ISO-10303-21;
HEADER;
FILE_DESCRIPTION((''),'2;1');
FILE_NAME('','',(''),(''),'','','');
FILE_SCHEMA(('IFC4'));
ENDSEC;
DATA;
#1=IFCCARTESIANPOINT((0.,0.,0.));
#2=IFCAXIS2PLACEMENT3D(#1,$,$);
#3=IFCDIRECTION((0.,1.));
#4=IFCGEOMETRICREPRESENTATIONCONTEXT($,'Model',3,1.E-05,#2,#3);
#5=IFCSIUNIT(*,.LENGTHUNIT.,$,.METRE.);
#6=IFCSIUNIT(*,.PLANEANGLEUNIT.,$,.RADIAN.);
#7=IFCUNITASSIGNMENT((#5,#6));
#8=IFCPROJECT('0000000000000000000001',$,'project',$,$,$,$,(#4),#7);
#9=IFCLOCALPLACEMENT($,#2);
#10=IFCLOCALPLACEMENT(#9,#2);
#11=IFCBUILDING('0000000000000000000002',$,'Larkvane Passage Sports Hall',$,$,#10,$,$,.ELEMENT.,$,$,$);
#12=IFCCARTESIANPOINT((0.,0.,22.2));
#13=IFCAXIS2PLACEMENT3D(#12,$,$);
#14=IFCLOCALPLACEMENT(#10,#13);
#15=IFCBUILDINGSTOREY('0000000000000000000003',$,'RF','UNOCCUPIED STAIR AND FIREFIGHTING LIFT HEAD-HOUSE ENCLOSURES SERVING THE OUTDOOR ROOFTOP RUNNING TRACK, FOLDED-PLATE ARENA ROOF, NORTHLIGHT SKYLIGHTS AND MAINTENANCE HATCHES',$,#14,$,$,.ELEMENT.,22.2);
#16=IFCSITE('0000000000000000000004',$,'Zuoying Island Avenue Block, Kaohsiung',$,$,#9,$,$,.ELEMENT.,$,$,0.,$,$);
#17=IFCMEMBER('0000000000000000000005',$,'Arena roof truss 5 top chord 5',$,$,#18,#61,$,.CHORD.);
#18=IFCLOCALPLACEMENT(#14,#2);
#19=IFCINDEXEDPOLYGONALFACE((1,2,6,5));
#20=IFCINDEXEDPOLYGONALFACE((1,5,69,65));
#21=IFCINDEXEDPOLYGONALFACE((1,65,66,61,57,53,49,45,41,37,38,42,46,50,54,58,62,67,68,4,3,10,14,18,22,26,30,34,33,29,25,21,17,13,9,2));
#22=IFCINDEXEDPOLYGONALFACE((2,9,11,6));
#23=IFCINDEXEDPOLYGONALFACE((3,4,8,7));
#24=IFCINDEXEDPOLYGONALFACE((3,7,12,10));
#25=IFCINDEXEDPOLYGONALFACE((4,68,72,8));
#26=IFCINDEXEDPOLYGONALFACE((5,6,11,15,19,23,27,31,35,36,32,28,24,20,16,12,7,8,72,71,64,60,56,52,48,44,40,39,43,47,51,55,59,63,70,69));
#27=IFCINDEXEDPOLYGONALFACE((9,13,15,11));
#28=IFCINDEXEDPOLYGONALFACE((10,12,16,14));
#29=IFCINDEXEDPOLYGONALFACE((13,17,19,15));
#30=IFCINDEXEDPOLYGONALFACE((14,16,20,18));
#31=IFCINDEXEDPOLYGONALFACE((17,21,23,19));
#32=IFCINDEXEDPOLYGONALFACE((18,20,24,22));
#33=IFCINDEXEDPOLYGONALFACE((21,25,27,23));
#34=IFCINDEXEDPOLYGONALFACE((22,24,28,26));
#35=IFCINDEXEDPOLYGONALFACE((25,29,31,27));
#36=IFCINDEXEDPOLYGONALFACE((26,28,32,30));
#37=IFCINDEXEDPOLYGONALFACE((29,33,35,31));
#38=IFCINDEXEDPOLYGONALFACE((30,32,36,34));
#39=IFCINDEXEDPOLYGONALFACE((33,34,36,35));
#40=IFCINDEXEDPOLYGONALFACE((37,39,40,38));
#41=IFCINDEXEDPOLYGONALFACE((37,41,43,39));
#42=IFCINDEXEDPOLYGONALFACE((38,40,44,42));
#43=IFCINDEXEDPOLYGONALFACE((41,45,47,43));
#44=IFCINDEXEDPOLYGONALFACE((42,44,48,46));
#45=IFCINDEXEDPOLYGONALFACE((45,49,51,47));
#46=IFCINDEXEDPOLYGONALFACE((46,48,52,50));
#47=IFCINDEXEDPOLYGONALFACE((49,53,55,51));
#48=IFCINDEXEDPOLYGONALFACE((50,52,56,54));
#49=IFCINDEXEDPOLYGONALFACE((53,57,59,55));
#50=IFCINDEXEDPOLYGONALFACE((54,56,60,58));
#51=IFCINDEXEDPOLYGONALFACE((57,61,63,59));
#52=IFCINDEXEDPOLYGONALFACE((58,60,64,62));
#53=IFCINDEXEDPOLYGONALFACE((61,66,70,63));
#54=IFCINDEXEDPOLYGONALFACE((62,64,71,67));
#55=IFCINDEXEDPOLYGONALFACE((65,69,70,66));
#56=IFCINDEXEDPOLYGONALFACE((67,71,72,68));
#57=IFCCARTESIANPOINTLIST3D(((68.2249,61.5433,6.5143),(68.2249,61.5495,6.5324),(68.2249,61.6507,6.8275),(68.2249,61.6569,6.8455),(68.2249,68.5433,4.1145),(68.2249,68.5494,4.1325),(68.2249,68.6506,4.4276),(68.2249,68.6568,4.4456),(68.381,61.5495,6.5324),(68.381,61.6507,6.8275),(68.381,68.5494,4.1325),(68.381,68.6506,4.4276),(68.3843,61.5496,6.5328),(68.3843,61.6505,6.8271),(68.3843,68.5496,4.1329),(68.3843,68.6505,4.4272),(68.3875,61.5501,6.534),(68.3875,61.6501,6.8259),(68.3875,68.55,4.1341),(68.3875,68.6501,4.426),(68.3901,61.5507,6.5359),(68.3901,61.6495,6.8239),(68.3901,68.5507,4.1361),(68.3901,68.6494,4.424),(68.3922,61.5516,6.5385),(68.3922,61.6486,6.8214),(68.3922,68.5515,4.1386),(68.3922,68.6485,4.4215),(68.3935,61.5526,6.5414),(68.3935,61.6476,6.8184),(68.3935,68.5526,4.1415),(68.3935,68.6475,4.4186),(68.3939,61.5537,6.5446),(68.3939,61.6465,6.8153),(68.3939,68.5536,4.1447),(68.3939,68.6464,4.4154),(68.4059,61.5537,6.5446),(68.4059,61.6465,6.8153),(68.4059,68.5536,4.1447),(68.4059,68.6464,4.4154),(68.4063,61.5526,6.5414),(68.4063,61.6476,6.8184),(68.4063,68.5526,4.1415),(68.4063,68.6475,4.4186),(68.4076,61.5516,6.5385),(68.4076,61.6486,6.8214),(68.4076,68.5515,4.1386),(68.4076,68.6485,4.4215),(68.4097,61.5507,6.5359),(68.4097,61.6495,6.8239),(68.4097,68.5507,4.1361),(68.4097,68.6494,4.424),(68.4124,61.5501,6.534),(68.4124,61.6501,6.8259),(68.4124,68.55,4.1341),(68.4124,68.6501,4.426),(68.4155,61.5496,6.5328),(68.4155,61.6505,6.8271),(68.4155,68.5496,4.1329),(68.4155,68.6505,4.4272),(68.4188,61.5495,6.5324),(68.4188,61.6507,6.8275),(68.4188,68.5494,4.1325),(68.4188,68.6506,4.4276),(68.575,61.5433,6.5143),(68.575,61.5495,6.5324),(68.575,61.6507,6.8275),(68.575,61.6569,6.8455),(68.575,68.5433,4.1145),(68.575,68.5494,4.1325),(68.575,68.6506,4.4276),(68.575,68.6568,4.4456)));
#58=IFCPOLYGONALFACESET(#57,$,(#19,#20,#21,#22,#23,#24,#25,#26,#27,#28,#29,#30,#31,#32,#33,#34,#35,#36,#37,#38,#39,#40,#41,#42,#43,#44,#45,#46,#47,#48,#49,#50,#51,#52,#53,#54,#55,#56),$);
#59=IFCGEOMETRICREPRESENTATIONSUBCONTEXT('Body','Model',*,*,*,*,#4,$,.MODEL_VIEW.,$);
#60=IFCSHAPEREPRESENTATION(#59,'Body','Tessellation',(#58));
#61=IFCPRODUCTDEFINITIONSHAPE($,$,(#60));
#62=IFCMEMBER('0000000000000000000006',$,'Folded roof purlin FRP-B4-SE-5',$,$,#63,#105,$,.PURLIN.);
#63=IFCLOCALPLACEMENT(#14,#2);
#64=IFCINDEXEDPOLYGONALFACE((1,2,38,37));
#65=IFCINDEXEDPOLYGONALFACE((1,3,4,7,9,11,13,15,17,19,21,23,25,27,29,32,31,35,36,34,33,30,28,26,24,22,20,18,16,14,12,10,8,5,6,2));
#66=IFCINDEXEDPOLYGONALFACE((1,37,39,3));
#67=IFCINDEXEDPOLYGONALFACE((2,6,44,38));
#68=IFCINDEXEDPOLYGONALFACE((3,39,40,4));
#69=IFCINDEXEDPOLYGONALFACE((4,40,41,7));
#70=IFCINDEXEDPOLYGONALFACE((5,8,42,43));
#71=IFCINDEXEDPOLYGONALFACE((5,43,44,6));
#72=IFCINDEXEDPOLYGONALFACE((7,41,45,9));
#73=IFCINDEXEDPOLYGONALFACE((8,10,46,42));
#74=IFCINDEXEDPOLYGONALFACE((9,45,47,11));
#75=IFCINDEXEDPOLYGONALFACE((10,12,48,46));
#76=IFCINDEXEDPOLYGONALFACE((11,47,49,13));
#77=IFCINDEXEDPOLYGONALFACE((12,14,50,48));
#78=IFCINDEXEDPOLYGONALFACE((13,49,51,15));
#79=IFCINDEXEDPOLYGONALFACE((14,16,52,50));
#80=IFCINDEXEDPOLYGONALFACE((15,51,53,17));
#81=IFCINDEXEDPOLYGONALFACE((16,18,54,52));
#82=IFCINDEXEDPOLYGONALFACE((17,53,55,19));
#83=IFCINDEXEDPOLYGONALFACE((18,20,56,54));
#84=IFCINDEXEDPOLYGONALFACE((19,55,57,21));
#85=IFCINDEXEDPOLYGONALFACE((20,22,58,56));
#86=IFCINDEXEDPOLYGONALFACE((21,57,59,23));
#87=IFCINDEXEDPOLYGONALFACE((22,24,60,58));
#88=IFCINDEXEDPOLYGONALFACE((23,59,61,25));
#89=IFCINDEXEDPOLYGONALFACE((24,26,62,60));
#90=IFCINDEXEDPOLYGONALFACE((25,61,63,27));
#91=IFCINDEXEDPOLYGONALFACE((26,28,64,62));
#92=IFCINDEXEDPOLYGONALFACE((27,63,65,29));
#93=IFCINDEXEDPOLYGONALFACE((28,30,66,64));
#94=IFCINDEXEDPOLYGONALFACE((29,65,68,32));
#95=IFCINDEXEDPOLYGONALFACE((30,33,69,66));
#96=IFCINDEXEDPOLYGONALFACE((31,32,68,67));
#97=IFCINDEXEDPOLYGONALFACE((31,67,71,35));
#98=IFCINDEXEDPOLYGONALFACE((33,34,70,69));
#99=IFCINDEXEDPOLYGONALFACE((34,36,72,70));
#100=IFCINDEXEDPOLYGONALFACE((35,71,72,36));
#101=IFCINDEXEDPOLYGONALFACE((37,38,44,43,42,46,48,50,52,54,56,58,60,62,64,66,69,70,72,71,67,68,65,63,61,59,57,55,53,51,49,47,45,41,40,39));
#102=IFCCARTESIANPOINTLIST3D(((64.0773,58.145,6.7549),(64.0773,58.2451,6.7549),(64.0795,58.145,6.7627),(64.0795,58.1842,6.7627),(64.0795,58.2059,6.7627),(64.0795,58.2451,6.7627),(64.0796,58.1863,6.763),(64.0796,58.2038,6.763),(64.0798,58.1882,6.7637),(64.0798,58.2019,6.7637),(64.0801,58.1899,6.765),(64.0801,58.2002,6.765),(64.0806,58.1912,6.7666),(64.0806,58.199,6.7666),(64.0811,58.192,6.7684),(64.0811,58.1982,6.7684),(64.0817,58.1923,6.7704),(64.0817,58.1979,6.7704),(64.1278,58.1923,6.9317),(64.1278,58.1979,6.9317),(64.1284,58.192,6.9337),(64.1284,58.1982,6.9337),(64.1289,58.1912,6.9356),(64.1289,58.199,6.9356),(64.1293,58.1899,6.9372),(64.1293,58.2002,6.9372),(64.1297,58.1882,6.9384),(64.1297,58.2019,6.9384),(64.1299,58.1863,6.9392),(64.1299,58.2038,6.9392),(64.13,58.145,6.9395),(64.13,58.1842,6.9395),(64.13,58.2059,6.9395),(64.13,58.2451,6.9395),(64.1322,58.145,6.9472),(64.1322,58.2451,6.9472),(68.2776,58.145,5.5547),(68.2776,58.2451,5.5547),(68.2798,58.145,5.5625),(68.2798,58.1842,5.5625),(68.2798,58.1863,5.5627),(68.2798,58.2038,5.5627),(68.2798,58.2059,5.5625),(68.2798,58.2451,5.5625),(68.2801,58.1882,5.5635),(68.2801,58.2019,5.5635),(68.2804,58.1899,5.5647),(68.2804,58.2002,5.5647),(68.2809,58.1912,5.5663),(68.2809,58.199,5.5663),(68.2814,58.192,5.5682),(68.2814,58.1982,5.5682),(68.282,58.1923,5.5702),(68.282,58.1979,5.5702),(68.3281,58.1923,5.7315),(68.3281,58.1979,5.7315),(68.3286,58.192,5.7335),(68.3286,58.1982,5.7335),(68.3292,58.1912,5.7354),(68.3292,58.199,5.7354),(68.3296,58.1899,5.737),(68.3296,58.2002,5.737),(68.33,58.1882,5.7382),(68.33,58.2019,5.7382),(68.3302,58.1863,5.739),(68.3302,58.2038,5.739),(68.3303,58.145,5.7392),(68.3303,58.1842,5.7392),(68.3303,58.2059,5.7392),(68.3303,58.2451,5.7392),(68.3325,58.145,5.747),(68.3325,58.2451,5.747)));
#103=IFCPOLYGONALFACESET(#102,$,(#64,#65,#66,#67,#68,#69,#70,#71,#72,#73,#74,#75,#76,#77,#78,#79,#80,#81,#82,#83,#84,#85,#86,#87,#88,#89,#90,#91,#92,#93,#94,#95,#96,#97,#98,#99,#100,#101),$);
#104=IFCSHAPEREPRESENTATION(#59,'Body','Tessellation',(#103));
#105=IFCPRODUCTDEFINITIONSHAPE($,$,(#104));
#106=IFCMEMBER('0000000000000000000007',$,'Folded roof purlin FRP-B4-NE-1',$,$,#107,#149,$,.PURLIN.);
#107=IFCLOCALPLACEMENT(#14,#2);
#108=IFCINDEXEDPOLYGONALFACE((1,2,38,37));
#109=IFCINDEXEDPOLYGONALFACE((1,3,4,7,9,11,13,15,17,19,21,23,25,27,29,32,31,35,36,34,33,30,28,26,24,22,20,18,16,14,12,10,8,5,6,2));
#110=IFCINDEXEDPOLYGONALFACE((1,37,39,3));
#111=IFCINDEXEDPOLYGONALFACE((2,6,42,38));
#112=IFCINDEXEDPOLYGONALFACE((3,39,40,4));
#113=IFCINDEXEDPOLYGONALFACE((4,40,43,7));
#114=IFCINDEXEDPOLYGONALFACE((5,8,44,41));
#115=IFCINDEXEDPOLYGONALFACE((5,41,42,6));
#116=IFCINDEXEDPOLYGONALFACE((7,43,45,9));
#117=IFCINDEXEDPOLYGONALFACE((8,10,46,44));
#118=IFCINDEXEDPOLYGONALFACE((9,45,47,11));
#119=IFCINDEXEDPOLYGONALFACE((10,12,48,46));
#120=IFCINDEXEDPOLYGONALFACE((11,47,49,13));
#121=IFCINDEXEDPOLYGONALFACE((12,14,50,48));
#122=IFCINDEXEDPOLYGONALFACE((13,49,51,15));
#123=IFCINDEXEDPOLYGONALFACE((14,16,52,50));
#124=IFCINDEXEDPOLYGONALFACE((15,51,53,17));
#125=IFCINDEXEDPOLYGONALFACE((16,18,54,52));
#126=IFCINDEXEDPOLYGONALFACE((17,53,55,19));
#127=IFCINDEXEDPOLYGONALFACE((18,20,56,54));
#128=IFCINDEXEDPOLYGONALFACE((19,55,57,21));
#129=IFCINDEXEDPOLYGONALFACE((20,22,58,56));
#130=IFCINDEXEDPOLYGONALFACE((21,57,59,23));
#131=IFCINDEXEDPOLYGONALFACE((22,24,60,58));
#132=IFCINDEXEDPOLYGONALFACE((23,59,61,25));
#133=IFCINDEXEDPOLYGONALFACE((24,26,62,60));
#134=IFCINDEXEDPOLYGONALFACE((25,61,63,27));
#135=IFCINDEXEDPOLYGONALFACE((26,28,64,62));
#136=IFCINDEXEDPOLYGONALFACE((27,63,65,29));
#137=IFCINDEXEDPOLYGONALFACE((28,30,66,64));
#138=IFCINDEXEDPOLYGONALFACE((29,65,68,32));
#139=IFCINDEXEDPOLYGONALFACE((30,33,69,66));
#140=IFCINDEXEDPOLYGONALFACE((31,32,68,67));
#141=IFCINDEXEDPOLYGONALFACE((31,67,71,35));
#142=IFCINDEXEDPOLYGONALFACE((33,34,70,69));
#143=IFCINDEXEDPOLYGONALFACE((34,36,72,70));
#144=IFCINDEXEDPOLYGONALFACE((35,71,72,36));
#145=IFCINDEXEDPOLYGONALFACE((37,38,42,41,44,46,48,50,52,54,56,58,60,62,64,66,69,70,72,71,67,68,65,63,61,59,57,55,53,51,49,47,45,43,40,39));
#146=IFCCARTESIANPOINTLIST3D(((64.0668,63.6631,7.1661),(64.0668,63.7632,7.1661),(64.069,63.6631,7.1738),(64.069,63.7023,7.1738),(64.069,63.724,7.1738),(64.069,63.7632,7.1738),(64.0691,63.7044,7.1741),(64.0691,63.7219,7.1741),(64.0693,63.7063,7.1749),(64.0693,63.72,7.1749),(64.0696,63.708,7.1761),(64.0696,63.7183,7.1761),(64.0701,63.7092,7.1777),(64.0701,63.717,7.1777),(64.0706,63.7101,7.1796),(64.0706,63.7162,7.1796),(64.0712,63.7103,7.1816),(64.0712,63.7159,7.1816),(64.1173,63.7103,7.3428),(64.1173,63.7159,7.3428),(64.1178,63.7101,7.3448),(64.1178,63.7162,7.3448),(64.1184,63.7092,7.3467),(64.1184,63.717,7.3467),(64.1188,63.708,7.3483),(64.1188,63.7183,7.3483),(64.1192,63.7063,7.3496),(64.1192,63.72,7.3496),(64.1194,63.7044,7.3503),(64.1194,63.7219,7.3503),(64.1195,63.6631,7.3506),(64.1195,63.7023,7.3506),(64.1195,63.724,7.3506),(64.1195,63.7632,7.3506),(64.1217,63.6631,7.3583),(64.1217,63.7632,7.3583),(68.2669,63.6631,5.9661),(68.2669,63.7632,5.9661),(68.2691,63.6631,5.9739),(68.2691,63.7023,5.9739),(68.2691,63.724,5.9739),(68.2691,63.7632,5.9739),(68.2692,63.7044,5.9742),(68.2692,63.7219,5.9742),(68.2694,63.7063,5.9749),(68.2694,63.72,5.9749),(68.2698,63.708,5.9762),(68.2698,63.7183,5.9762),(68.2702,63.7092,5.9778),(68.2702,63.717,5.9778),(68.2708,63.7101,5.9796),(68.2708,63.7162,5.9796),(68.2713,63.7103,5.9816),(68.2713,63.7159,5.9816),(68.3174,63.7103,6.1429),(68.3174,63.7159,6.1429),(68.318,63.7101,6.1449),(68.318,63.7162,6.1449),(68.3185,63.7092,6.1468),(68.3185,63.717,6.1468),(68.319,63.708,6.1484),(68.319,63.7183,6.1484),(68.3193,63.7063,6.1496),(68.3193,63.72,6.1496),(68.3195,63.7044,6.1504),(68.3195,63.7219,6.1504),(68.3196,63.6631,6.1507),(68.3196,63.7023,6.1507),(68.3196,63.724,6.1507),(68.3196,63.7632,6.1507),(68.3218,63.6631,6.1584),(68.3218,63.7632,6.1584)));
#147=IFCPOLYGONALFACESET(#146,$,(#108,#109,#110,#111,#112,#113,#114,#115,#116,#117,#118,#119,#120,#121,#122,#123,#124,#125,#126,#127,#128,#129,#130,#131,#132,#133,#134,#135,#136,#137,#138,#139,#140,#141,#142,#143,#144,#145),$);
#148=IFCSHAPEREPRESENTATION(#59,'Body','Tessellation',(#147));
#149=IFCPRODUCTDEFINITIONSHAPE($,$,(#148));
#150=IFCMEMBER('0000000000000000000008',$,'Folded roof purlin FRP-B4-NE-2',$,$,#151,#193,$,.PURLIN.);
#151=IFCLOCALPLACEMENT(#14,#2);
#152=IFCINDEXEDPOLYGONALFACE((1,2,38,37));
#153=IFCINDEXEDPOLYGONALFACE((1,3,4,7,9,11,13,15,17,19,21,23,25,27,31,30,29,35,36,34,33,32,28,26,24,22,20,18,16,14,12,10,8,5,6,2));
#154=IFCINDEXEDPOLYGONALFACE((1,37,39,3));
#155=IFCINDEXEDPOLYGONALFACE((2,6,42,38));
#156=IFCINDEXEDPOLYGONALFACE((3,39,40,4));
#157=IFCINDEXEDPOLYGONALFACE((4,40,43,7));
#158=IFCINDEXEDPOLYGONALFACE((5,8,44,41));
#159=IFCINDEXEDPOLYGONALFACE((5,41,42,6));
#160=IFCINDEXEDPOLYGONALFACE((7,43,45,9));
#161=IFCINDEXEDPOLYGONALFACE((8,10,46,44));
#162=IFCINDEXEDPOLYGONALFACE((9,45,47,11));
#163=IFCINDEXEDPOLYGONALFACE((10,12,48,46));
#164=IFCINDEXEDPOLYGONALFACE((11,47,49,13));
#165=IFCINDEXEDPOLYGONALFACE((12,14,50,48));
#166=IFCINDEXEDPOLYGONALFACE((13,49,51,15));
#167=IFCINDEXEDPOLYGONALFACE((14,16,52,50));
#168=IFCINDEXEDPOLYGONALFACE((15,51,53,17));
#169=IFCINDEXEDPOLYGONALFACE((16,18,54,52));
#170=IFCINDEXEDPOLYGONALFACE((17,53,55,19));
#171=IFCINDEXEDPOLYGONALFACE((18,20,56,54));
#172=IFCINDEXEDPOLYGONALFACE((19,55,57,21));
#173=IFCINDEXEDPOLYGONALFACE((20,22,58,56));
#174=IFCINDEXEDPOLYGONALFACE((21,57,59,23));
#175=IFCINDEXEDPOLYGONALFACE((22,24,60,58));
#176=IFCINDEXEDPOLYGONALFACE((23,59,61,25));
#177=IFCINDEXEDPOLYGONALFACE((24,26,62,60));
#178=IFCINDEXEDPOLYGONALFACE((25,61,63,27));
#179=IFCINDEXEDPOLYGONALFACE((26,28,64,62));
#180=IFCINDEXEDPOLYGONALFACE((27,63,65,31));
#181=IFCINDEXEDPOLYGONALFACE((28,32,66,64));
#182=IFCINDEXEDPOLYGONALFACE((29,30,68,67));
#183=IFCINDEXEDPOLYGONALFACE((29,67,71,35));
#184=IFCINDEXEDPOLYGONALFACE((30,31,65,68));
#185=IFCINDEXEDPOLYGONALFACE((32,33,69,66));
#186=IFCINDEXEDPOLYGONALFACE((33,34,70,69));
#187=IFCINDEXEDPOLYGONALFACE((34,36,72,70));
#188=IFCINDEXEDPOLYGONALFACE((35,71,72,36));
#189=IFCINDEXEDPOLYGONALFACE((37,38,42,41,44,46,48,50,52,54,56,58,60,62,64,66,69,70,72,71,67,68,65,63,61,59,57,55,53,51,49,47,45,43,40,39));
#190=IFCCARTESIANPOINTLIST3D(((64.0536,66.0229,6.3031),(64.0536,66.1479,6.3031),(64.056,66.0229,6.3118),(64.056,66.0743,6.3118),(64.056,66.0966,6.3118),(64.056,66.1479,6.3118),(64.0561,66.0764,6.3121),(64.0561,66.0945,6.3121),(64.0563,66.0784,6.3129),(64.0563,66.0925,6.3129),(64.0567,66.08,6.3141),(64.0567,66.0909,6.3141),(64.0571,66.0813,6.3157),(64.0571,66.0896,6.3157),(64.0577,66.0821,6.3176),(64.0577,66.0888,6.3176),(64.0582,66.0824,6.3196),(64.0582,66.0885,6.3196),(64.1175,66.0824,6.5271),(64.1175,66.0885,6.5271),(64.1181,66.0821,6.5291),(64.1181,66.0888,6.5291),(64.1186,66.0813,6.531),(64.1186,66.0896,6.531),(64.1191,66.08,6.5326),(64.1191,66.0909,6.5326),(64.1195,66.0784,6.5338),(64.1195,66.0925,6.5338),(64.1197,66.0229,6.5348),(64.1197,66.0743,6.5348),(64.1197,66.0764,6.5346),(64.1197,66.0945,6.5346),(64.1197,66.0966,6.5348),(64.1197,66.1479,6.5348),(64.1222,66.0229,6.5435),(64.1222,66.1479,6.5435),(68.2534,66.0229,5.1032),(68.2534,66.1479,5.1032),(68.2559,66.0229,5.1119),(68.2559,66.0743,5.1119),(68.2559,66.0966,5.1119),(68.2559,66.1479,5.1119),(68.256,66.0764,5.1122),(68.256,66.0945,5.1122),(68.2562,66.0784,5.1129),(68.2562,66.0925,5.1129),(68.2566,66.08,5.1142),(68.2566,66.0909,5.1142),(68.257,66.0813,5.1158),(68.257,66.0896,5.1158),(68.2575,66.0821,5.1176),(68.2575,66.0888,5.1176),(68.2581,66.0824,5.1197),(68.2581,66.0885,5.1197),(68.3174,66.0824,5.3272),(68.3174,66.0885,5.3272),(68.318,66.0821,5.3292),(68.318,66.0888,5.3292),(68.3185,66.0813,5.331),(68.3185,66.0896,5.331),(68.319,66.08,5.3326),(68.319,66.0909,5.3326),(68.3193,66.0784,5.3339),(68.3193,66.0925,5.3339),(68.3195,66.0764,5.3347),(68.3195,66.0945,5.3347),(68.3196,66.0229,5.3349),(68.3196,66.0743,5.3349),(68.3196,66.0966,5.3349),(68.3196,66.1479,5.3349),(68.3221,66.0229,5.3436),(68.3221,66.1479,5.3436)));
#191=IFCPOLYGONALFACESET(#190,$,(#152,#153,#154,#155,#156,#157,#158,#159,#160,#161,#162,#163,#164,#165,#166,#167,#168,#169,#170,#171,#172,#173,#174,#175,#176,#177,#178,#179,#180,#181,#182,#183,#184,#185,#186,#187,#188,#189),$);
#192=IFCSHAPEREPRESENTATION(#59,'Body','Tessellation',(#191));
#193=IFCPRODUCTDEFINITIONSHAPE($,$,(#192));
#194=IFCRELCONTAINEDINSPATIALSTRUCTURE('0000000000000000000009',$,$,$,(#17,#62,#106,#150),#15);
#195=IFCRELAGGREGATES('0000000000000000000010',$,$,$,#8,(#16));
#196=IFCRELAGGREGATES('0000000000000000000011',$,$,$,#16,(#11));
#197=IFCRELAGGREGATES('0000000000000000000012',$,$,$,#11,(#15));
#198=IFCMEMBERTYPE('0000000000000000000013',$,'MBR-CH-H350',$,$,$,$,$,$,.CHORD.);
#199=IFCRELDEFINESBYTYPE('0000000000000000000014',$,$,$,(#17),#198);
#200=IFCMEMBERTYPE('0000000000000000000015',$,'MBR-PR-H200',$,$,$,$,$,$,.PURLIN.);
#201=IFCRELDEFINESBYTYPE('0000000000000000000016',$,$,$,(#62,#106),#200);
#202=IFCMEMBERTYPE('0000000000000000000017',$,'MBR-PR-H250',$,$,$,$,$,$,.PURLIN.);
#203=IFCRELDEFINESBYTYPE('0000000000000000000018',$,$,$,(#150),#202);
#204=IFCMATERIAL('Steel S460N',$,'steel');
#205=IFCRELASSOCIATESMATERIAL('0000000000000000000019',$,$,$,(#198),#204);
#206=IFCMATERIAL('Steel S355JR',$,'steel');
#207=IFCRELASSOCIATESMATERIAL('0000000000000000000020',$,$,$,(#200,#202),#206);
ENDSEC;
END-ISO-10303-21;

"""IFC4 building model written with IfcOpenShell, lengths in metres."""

from ifc_helpers import new_model, si_unit, direction, frame, origin, origin_2d, place, context, subcontext, project, spatial, i_section, extrude, material, material_profile, profile_set, type_object, element, save


model = new_model("IFC4")

# Units and contexts
model_context = context("Model", 3, precision=1e-05, world=origin(), true_north=direction((0.0, 1.0)))
body_context = subcontext(model_context, "Body", "Model", "MODEL_VIEW")
ifc_project = project(units=[si_unit("LENGTHUNIT", "METRE"), si_unit("PLANEANGLEUNIT", "RADIAN")], contexts=[model_context])

# Site, building, storey
site_placement = place(None, origin())
site = spatial("IfcSite", under=ifc_project, at=site_placement, Name="Zuoying Island Avenue Block, Kaohsiung", CompositionType="ELEMENT", RefElevation=0.0)
building_placement = place(site_placement, origin())
building = spatial("IfcBuilding", under=site, at=building_placement, Name="Larkvane Passage Sports Hall", CompositionType="ELEMENT")
storey_placement = place(building_placement, frame((0.0, 0.0, 22.2)))
storey = spatial("IfcBuildingStorey", under=building, at=storey_placement, Name="RF", Description="UNOCCUPIED STAIR AND FIREFIGHTING LIFT HEAD-HOUSE ENCLOSURES SERVING THE OUTDOOR ROOFTOP RUNNING TRACK, FOLDED-PLATE ARENA ROOF, NORTHLIGHT SKYLIGHTS AND MAINTENANCE HATCHES", CompositionType="ELEMENT", Elevation=22.2)

# Members
ifc_material_1 = material(Name="Steel S460N", Category="steel")
ifc_material_profile_1 = material_profile(ifc_material_1, i_section(OverallWidth=0.3501, OverallDepth=0.3501, WebThickness=0.012, FlangeThickness=0.019, FilletRadius=0.0129, at=origin_2d()), Name="H-350x350x12x19")
ifc_profile_set_1 = profile_set([ifc_material_profile_1], Name="Steel S460N")
member_type_1 = type_object("IfcMemberType", Name="MBR-CH-H350", PredefinedType="CHORD", material=ifc_profile_set_1)
member_1_placement = place(storey_placement, frame((68.3999, 61.6001, 6.6799), z_axis=(0.0, 0.94595, -0.324313), x_axis=(-1.0, 0.0, 0.0)))
element("IfcMember", 1, at=member_1_placement, inside=storey, type_object=member_type_1, Name="Arena roof truss 5 top chord 5", PredefinedType="CHORD", context=body_context, shape_type="SweptSolid", body=[
    extrude(i_section(OverallWidth=0.3501, OverallDepth=0.3501, WebThickness=0.012, FlangeThickness=0.019, FilletRadius=0.0129, at=origin_2d()), origin(), (0.0, 0.0, 1.0), 7.3999),
])
ifc_material_2 = material(Name="Steel S355JR", Category="steel")
ifc_material_profile_2 = material_profile(ifc_material_2, i_section(OverallWidth=0.1001, OverallDepth=0.2, WebThickness=0.0056, FlangeThickness=0.0081, FilletRadius=0.0081, at=origin_2d()), Name="H-200x100x5.5x8")
ifc_profile_set_2 = profile_set([ifc_material_profile_2], Name="Steel S355JR")
member_type_2 = type_object("IfcMemberType", Name="MBR-PR-H200", PredefinedType="PURLIN", material=ifc_profile_set_2)
member_2_placement = place(storey_placement, frame((64.1047, 58.1951, 6.8511), z_axis=(0.961516, 0.0, -0.274751), x_axis=(0.0, 1.0, 0.0)))
element("IfcMember", 2, at=member_2_placement, inside=storey, type_object=member_type_2, Name="Folded roof purlin FRP-B4-SE-5", PredefinedType="PURLIN", context=body_context, shape_type="SweptSolid", body=[
    extrude(i_section(OverallWidth=0.1001, OverallDepth=0.2, WebThickness=0.0056, FlangeThickness=0.0081, FilletRadius=0.0081, at=origin_2d()), origin(), (0.0, 0.0, 1.0), 4.3684),
])
member_3_placement = place(storey_placement, frame((64.0942, 63.7131, 7.2622), z_axis=(0.96153, 0.0, -0.274699), x_axis=(0.0, 1.0, 0.0)))
element("IfcMember", 3, at=member_3_placement, inside=storey, type_object=member_type_2, Name="Folded roof purlin FRP-B4-NE-1", PredefinedType="PURLIN", context=body_context, shape_type="SweptSolid", body=[
    extrude(i_section(OverallWidth=0.1001, OverallDepth=0.2, WebThickness=0.0056, FlangeThickness=0.0081, FilletRadius=0.0081, at=origin_2d()), origin(), (0.0, 0.0, 1.0), 4.3682),
])
ifc_material_profile_3 = material_profile(ifc_material_2, i_section(OverallWidth=0.125, OverallDepth=0.25, WebThickness=0.0061, FlangeThickness=0.009, FilletRadius=0.0081, at=origin_2d()), Name="H-250x125x6x9")
ifc_profile_set_3 = profile_set([ifc_material_profile_3], Name="Steel S355JR")
member_type_3 = type_object("IfcMemberType", Name="MBR-PR-H250", PredefinedType="PURLIN", material=ifc_profile_set_3)
member_4_placement = place(storey_placement, frame((64.0879, 66.0854, 6.4233), z_axis=(0.961526, 0.0, -0.274714), x_axis=(0.0, 1.0, 0.0)))
element("IfcMember", 4, at=member_4_placement, inside=storey, type_object=member_type_3, Name="Folded roof purlin FRP-B4-NE-2", PredefinedType="PURLIN", context=body_context, shape_type="SweptSolid", body=[
    extrude(i_section(OverallWidth=0.125, OverallDepth=0.25, WebThickness=0.0061, FlangeThickness=0.009, FilletRadius=0.0081, at=origin_2d()), origin(), (0.0, 0.0, 1.0), 4.3679),
])

save(model, "model.ifc")
